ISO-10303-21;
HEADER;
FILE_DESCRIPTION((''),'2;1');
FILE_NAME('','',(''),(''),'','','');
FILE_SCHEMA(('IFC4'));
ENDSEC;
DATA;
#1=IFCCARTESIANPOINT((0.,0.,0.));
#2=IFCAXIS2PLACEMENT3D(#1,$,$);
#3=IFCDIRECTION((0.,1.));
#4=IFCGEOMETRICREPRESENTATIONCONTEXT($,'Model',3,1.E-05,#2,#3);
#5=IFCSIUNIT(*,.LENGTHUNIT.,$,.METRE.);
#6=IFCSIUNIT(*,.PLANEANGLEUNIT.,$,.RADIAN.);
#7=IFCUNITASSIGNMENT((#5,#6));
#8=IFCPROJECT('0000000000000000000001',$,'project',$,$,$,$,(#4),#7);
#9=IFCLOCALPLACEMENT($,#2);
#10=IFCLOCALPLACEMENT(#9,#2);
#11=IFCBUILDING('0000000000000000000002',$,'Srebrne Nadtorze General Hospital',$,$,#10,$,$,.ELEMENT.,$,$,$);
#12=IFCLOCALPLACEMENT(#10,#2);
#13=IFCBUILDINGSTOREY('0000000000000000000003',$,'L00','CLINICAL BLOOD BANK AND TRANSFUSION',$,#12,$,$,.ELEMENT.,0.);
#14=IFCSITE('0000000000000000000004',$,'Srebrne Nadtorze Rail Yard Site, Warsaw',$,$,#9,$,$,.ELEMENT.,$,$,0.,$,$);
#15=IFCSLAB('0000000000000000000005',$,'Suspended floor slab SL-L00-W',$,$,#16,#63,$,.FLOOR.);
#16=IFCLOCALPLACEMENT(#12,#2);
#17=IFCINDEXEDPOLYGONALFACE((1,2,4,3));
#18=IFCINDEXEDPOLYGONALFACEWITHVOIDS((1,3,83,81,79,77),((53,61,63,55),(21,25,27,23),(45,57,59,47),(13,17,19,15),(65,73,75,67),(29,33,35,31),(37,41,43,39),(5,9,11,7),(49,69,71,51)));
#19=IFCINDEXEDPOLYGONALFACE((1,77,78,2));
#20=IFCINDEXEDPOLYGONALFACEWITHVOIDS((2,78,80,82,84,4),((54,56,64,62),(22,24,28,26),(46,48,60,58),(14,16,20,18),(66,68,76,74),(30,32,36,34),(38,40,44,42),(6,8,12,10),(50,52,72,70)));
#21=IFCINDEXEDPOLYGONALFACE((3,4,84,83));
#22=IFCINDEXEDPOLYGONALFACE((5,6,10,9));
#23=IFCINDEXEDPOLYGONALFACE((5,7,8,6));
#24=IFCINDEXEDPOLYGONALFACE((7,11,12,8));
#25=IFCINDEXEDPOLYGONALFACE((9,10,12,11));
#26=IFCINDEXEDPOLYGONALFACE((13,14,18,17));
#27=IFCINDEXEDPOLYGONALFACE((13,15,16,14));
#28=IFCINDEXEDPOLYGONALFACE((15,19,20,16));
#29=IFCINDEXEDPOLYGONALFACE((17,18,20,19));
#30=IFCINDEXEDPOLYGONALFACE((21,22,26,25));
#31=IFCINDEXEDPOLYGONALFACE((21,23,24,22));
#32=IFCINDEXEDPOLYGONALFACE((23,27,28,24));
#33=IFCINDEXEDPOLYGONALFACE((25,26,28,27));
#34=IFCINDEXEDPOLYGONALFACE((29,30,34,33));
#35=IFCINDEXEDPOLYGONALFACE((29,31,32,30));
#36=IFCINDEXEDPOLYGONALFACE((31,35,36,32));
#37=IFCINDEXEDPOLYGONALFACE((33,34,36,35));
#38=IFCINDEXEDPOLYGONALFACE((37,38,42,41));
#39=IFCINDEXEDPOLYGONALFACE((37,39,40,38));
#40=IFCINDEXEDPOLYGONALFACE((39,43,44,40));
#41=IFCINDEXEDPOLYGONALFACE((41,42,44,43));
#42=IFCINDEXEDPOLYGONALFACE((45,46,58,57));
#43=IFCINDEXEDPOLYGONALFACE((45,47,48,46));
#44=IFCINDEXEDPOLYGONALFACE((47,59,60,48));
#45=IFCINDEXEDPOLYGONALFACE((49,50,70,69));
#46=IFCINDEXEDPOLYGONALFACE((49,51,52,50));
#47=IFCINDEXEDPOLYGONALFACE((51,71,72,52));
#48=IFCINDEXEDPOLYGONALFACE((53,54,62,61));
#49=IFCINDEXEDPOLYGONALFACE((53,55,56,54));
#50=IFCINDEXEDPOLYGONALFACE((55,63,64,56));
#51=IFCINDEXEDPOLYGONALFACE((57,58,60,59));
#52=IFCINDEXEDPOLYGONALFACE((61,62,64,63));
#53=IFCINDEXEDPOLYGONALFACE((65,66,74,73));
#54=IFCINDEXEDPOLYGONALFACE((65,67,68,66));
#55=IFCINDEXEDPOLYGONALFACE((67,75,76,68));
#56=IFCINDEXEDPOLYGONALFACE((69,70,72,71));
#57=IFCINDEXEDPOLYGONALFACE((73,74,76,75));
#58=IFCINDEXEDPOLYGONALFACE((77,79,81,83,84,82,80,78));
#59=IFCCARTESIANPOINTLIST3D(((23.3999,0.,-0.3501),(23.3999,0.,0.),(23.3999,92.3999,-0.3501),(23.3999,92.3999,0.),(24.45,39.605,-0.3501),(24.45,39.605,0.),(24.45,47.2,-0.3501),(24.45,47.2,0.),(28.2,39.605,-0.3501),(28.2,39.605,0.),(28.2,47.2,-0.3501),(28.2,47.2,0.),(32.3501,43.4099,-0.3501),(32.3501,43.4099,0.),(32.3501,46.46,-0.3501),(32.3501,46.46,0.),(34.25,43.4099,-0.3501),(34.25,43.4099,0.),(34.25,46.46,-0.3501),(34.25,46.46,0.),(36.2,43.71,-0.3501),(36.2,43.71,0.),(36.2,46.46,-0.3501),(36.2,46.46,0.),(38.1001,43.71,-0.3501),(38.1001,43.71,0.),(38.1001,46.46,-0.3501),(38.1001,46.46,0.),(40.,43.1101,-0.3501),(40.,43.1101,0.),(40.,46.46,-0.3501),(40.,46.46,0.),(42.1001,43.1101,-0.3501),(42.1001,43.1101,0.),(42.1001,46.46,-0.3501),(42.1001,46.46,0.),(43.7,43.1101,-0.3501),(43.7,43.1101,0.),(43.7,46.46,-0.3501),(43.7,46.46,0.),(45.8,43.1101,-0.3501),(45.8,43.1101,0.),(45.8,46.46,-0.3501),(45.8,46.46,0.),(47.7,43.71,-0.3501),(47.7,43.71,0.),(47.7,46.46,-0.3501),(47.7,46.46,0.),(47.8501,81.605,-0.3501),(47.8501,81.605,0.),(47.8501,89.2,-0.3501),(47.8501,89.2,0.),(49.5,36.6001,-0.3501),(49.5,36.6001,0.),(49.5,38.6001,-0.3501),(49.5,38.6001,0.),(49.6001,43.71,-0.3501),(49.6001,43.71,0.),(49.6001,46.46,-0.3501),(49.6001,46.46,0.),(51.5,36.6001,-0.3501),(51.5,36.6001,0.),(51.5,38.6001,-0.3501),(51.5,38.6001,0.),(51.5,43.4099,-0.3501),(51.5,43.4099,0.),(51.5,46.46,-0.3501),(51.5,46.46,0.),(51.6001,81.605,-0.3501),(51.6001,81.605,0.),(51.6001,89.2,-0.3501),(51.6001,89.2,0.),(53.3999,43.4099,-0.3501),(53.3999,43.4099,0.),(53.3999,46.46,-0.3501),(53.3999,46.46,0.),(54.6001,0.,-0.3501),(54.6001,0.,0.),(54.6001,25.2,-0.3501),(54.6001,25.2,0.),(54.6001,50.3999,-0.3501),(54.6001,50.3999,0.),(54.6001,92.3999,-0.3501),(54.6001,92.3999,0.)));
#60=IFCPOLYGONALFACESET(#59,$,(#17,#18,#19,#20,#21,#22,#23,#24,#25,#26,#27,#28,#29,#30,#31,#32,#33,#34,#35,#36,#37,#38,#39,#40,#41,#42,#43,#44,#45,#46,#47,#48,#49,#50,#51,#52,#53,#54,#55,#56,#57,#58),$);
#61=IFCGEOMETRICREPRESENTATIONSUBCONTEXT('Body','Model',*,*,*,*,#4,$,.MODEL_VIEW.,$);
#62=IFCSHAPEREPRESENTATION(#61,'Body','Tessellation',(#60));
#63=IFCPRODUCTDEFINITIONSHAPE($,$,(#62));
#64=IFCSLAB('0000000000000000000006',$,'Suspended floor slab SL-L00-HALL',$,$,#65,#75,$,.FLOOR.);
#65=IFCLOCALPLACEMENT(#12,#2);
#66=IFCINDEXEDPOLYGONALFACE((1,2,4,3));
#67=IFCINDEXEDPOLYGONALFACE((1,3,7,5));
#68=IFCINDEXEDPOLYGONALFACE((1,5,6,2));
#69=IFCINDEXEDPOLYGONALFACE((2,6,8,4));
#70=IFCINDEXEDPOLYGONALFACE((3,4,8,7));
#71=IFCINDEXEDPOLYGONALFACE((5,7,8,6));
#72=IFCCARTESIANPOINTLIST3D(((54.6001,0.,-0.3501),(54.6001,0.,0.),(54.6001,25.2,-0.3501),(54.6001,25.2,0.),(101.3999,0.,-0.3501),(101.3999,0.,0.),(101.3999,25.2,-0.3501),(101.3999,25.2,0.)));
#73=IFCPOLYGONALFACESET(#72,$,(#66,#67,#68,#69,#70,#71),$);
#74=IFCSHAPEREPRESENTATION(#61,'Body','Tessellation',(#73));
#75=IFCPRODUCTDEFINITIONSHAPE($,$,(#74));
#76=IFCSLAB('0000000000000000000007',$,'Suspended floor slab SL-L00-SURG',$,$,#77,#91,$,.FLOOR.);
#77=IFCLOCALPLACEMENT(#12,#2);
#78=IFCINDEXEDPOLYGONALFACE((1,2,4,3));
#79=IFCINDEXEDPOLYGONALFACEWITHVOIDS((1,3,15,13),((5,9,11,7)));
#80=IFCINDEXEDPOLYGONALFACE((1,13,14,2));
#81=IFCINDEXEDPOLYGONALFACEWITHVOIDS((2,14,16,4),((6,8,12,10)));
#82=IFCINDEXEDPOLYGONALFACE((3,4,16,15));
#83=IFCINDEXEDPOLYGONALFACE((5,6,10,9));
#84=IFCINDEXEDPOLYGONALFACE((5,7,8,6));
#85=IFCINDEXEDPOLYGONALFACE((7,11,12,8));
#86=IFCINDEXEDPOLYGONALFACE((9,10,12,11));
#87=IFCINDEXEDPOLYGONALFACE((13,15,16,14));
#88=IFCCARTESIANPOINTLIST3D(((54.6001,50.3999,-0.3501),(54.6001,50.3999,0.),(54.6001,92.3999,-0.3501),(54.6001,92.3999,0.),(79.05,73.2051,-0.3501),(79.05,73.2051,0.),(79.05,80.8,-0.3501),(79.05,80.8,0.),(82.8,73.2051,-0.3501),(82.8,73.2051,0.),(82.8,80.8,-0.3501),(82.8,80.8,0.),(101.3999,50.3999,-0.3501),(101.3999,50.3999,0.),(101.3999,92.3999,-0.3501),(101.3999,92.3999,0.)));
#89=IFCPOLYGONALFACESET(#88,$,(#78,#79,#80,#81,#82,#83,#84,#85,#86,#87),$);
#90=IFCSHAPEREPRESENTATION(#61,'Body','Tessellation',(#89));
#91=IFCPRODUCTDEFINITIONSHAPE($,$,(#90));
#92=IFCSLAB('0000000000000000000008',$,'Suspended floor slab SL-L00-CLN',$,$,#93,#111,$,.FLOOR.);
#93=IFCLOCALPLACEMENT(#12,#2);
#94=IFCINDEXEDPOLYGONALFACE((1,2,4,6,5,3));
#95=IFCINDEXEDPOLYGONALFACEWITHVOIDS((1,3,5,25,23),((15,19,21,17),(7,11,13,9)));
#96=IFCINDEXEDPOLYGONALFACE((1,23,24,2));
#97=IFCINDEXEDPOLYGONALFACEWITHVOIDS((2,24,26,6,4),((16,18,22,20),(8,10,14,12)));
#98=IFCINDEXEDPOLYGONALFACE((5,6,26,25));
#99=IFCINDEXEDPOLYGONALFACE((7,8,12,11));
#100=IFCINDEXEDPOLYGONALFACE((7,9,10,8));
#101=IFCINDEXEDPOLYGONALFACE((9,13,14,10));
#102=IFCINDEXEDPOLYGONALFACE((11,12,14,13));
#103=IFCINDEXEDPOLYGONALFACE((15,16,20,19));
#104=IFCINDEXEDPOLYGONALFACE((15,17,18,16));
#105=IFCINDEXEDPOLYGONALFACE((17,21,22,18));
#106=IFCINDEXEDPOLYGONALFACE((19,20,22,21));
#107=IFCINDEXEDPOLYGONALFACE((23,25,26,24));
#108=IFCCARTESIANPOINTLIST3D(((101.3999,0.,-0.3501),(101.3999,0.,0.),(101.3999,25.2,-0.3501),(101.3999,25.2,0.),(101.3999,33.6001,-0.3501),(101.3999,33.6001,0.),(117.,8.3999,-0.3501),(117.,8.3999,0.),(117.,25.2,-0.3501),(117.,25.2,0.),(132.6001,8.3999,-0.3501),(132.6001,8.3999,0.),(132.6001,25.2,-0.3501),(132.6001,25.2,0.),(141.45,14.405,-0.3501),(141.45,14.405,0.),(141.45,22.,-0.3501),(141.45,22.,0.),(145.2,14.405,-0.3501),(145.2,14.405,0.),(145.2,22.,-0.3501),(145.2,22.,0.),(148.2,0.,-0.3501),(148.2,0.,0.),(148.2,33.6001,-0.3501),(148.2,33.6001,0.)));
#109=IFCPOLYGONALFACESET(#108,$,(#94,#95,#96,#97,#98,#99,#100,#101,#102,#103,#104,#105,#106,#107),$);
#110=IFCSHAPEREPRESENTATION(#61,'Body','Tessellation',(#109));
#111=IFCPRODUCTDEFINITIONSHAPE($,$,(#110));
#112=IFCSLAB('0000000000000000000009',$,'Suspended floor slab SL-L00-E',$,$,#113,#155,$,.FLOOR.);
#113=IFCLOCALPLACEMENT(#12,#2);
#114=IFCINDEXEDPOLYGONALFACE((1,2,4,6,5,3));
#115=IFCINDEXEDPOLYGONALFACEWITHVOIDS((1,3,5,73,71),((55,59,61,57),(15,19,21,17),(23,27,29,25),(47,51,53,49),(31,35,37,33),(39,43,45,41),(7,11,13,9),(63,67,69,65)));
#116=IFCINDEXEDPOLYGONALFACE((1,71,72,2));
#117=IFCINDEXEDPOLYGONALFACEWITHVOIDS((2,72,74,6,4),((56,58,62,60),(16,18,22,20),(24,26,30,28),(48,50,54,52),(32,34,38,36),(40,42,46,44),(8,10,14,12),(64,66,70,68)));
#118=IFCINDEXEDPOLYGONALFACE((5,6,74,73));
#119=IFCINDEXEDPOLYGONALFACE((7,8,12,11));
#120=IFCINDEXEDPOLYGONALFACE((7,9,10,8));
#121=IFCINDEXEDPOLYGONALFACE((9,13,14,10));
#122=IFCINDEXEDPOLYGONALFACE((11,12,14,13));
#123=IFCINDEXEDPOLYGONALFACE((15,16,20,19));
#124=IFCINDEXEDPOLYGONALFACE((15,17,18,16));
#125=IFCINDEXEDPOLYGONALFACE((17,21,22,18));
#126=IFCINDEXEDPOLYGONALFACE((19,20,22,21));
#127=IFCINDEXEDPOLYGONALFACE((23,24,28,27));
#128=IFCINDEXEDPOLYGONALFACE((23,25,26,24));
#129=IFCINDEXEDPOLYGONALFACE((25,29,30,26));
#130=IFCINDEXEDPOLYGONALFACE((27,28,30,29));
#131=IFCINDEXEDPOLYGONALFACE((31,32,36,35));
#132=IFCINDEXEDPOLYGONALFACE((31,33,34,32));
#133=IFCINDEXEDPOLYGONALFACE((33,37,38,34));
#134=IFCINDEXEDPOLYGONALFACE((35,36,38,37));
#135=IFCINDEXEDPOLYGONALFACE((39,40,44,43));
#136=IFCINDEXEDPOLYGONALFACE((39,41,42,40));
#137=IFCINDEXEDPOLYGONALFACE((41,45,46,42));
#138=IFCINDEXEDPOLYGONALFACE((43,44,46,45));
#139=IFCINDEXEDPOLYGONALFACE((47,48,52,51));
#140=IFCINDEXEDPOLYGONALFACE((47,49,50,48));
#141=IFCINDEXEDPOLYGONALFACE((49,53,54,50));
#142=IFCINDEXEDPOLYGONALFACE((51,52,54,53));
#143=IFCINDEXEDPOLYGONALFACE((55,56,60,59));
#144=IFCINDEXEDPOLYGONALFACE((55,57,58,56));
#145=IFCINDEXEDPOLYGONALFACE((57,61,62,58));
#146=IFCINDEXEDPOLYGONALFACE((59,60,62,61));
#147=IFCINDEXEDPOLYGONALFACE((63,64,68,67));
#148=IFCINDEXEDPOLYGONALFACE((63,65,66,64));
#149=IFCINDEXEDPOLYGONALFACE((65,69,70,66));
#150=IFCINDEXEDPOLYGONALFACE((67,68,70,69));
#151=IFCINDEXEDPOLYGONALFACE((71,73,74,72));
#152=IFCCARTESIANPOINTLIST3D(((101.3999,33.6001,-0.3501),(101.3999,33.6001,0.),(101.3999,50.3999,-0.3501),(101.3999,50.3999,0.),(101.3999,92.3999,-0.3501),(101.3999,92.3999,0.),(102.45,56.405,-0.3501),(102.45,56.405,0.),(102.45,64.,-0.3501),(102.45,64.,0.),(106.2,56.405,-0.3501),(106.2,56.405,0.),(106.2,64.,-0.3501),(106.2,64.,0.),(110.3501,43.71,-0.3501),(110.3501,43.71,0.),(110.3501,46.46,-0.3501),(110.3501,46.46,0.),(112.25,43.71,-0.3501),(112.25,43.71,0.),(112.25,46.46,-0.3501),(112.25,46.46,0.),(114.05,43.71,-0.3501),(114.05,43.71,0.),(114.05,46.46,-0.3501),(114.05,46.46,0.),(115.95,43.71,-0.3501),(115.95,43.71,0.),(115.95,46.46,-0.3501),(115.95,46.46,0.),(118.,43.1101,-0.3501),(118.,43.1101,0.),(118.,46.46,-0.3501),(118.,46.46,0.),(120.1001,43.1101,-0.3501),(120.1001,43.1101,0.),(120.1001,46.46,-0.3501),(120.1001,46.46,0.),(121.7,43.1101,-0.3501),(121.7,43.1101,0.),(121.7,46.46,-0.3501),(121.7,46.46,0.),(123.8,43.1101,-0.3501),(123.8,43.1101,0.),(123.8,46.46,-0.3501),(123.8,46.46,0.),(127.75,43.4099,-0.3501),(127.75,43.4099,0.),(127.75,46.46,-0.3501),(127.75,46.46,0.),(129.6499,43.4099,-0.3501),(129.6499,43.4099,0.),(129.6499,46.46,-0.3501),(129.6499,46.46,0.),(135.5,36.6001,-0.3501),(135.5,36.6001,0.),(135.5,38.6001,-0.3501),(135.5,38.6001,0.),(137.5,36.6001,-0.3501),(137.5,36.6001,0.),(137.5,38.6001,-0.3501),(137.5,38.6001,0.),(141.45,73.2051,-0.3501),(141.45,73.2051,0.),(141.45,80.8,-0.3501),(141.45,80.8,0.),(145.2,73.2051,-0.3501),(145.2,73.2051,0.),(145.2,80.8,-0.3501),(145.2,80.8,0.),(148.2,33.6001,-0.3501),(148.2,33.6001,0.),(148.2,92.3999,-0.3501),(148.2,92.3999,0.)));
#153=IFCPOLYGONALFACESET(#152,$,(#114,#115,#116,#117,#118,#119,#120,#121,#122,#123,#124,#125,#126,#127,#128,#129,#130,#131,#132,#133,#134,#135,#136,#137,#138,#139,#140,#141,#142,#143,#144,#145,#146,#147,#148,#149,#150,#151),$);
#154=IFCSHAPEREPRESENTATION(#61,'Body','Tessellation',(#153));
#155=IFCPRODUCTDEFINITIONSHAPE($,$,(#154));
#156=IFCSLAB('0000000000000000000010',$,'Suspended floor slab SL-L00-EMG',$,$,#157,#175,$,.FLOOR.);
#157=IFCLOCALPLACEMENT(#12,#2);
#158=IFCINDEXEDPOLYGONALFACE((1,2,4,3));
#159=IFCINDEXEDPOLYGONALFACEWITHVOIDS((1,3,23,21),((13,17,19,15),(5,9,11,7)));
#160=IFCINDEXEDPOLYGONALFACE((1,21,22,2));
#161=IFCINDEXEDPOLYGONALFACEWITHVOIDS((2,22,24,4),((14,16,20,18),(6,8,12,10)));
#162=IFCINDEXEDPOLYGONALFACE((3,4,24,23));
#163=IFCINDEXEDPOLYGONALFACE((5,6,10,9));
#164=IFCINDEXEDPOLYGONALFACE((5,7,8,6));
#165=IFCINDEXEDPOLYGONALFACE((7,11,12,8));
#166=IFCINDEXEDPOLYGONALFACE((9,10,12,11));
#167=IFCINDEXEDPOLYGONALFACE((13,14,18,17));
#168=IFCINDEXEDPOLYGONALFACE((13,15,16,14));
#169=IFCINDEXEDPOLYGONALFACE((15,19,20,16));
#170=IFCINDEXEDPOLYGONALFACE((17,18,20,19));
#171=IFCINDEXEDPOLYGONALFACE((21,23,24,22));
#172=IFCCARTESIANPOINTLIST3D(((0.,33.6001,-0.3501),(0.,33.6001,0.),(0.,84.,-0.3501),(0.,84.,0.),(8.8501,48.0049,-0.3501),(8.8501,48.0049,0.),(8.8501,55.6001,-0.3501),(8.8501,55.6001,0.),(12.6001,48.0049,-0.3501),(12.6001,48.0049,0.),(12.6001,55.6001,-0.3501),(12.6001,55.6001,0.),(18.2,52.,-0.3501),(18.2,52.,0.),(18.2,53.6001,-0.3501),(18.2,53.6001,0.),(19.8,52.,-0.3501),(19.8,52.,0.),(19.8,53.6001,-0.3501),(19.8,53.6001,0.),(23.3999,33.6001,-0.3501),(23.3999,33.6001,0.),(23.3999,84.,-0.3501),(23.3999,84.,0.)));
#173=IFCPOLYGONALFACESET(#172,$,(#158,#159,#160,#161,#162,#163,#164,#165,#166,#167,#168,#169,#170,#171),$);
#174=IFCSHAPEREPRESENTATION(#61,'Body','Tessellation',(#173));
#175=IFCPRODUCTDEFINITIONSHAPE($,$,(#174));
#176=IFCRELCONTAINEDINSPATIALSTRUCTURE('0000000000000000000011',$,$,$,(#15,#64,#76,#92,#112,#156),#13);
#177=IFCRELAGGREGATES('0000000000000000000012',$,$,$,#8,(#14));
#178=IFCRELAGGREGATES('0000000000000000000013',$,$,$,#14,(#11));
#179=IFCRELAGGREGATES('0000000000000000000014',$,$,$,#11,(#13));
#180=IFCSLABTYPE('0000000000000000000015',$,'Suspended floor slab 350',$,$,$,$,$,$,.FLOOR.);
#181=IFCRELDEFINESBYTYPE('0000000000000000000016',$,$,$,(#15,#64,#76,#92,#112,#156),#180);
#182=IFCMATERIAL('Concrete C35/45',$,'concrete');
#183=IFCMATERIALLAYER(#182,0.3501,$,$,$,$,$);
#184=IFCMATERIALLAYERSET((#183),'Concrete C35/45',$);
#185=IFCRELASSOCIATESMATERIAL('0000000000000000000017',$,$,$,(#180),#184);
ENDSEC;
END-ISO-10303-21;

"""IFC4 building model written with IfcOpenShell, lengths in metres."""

from ifc_helpers import new_model, si_unit, direction, frame, origin, place, context, subcontext, project, spatial, polyline, outline, extrude, material, layer, layer_set, type_object, element, save


model = new_model("IFC4")

# Units and contexts
model_context = context("Model", 3, precision=1e-05, world=origin(), true_north=direction((0.0, 1.0)))
body_context = subcontext(model_context, "Body", "Model", "MODEL_VIEW")
ifc_project = project(units=[si_unit("LENGTHUNIT", "METRE"), si_unit("PLANEANGLEUNIT", "RADIAN")], contexts=[model_context])

# Site, building, storey
site_placement = place(None, origin())
site = spatial("IfcSite", under=ifc_project, at=site_placement, Name="Srebrne Nadtorze Rail Yard Site, Warsaw", CompositionType="ELEMENT", RefElevation=0.0)
building_placement = place(site_placement, origin())
building = spatial("IfcBuilding", under=site, at=building_placement, Name="Srebrne Nadtorze General Hospital", CompositionType="ELEMENT")
storey_placement = place(building_placement, origin())
storey = spatial("IfcBuildingStorey", under=building, at=storey_placement, Name="L00", Description="CLINICAL BLOOD BANK AND TRANSFUSION", CompositionType="ELEMENT", Elevation=0.0)

# Slabs
ifc_material_1 = material(Name="Concrete C35/45", Category="concrete")
ifc_layer_1 = layer(ifc_material_1, 0.3501)
ifc_layer_set_1 = layer_set([ifc_layer_1], Name="Concrete C35/45")
slab_type_1 = type_object("IfcSlabType", Name="Suspended floor slab 350", PredefinedType="FLOOR", material=ifc_layer_set_1)
slab_1_placement = place(storey_placement, frame((0.0, 0.0, -0.3501)))
element("IfcSlab", 1, at=slab_1_placement, inside=storey, type_object=slab_type_1, Name="Suspended floor slab SL-L00-W", PredefinedType="FLOOR", context=body_context, shape_type="SweptSolid", body=[
    extrude(outline(polyline([(54.6001, 25.2), (54.6001, 50.3999), (54.6001, 92.3999), (23.3999, 92.3999), (23.3999, 0.0), (54.6001, 0.0), (54.6001, 25.2)]), holes=[polyline([(51.5, 36.6001), (49.5, 36.6001), (49.5, 38.6001), (51.5, 38.6001), (51.5, 36.6001)]), polyline([(24.45, 39.605), (24.45, 47.2), (28.2, 47.2), (28.2, 39.605), (24.45, 39.605)]), polyline([(42.1001, 43.1101), (40.0, 43.1101), (40.0, 46.46), (42.1001, 46.46), (42.1001, 43.1101)]), polyline([(43.7, 43.1101), (43.7, 46.46), (45.8, 46.46), (45.8, 43.1101), (43.7, 43.1101)]), polyline([(32.3501, 43.4099), (32.3501, 46.46), (34.25, 46.46), (34.25, 43.4099), (32.3501, 43.4099)]), polyline([(53.3999, 43.4099), (51.5, 43.4099), (51.5, 46.46), (53.3999, 46.46), (53.3999, 43.4099)]), polyline([(36.2, 43.71), (36.2, 46.46), (38.1001, 46.46), (38.1001, 43.71), (36.2, 43.71)]), polyline([(47.7, 43.71), (47.7, 46.46), (49.6001, 46.46), (49.6001, 43.71), (47.7, 43.71)]), polyline([(47.8501, 81.605), (47.8501, 89.2), (51.6001, 89.2), (51.6001, 81.605), (47.8501, 81.605)])]), origin(), (0.0, 0.0, 1.0), 0.3501),
])
slab_2_placement = place(storey_placement, frame((0.0, 0.0, -0.3501)))
element("IfcSlab", 2, at=slab_2_placement, inside=storey, type_object=slab_type_1, Name="Suspended floor slab SL-L00-HALL", PredefinedType="FLOOR", context=body_context, shape_type="SweptSolid", body=[
    extrude(outline(polyline([(101.3999, 25.2), (54.6001, 25.2), (54.6001, 0.0), (101.3999, 0.0), (101.3999, 25.2)])), origin(), (0.0, 0.0, 1.0), 0.3501),
])
slab_3_placement = place(storey_placement, frame((0.0, 0.0, -0.3501)))
element("IfcSlab", 3, at=slab_3_placement, inside=storey, type_object=slab_type_1, Name="Suspended floor slab SL-L00-SURG", PredefinedType="FLOOR", context=body_context, shape_type="SweptSolid", body=[
    extrude(outline(polyline([(54.6001, 50.3999), (101.3999, 50.3999), (101.3999, 92.3999), (54.6001, 92.3999), (54.6001, 50.3999)]), holes=[polyline([(79.05, 73.2051), (79.05, 80.8), (82.8, 80.8), (82.8, 73.2051), (79.05, 73.2051)])]), origin(), (0.0, 0.0, 1.0), 0.3501),
])
slab_4_placement = place(storey_placement, frame((0.0, 0.0, -0.3501)))
element("IfcSlab", 4, at=slab_4_placement, inside=storey, type_object=slab_type_1, Name="Suspended floor slab SL-L00-CLN", PredefinedType="FLOOR", context=body_context, shape_type="SweptSolid", body=[
    extrude(outline(polyline([(101.3999, 33.6001), (101.3999, 25.2), (101.3999, 0.0), (148.2, 0.0), (148.2, 33.6001), (101.3999, 33.6001)]), holes=[polyline([(117.0, 8.3999), (117.0, 25.2), (132.6001, 25.2), (132.6001, 8.3999), (117.0, 8.3999)]), polyline([(141.45, 14.405), (141.45, 22.0), (145.2, 22.0), (145.2, 14.405), (141.45, 14.405)])]), origin(), (0.0, 0.0, 1.0), 0.3501),
])
slab_5_placement = place(storey_placement, frame((0.0, 0.0, -0.3501)))
element("IfcSlab", 5, at=slab_5_placement, inside=storey, type_object=slab_type_1, Name="Suspended floor slab SL-L00-E", PredefinedType="FLOOR", context=body_context, shape_type="SweptSolid", body=[
    extrude(outline(polyline([(101.3999, 50.3999), (101.3999, 33.6001), (148.2, 33.6001), (148.2, 92.3999), (101.3999, 92.3999), (101.3999, 50.3999)]), holes=[polyline([(135.5, 36.6001), (135.5, 38.6001), (137.5, 38.6001), (137.5, 36.6001), (135.5, 36.6001)]), polyline([(118.0, 43.1101), (118.0, 46.46), (120.1001, 46.46), (120.1001, 43.1101), (118.0, 43.1101)]), polyline([(121.7, 43.1101), (121.7, 46.46), (123.8, 46.46), (123.8, 43.1101), (121.7, 43.1101)]), polyline([(127.75, 43.4099), (127.75, 46.46), (129.6499, 46.46), (129.6499, 43.4099), (127.75, 43.4099)]), polyline([(112.25, 43.71), (110.3501, 43.71), (110.3501, 46.46), (112.25, 46.46), (112.25, 43.71)]), polyline([(114.05, 43.71), (114.05, 46.46), (115.95, 46.46), (115.95, 43.71), (114.05, 43.71)]), polyline([(102.45, 56.405), (102.45, 64.0), (106.2, 64.0), (106.2, 56.405), (102.45, 56.405)]), polyline([(141.45, 73.2051), (141.45, 80.8), (145.2, 80.8), (145.2, 73.2051), (141.45, 73.2051)])]), origin(), (0.0, 0.0, 1.0), 0.3501),
])
slab_6_placement = place(storey_placement, frame((0.0, 0.0, -0.3501)))
element("IfcSlab", 6, at=slab_6_placement, inside=storey, type_object=slab_type_1, Name="Suspended floor slab SL-L00-EMG", PredefinedType="FLOOR", context=body_context, shape_type="SweptSolid", body=[
    extrude(outline(polyline([(23.3999, 33.6001), (23.3999, 84.0), (0.0, 84.0), (0.0, 33.6001), (23.3999, 33.6001)]), holes=[polyline([(8.8501, 48.0049), (8.8501, 55.6001), (12.6001, 55.6001), (12.6001, 48.0049), (8.8501, 48.0049)]), polyline([(18.2, 52.0), (18.2, 53.6001), (19.8, 53.6001), (19.8, 52.0), (18.2, 52.0)])]), origin(), (0.0, 0.0, 1.0), 0.3501),
])

save(model, "model.ifc")
